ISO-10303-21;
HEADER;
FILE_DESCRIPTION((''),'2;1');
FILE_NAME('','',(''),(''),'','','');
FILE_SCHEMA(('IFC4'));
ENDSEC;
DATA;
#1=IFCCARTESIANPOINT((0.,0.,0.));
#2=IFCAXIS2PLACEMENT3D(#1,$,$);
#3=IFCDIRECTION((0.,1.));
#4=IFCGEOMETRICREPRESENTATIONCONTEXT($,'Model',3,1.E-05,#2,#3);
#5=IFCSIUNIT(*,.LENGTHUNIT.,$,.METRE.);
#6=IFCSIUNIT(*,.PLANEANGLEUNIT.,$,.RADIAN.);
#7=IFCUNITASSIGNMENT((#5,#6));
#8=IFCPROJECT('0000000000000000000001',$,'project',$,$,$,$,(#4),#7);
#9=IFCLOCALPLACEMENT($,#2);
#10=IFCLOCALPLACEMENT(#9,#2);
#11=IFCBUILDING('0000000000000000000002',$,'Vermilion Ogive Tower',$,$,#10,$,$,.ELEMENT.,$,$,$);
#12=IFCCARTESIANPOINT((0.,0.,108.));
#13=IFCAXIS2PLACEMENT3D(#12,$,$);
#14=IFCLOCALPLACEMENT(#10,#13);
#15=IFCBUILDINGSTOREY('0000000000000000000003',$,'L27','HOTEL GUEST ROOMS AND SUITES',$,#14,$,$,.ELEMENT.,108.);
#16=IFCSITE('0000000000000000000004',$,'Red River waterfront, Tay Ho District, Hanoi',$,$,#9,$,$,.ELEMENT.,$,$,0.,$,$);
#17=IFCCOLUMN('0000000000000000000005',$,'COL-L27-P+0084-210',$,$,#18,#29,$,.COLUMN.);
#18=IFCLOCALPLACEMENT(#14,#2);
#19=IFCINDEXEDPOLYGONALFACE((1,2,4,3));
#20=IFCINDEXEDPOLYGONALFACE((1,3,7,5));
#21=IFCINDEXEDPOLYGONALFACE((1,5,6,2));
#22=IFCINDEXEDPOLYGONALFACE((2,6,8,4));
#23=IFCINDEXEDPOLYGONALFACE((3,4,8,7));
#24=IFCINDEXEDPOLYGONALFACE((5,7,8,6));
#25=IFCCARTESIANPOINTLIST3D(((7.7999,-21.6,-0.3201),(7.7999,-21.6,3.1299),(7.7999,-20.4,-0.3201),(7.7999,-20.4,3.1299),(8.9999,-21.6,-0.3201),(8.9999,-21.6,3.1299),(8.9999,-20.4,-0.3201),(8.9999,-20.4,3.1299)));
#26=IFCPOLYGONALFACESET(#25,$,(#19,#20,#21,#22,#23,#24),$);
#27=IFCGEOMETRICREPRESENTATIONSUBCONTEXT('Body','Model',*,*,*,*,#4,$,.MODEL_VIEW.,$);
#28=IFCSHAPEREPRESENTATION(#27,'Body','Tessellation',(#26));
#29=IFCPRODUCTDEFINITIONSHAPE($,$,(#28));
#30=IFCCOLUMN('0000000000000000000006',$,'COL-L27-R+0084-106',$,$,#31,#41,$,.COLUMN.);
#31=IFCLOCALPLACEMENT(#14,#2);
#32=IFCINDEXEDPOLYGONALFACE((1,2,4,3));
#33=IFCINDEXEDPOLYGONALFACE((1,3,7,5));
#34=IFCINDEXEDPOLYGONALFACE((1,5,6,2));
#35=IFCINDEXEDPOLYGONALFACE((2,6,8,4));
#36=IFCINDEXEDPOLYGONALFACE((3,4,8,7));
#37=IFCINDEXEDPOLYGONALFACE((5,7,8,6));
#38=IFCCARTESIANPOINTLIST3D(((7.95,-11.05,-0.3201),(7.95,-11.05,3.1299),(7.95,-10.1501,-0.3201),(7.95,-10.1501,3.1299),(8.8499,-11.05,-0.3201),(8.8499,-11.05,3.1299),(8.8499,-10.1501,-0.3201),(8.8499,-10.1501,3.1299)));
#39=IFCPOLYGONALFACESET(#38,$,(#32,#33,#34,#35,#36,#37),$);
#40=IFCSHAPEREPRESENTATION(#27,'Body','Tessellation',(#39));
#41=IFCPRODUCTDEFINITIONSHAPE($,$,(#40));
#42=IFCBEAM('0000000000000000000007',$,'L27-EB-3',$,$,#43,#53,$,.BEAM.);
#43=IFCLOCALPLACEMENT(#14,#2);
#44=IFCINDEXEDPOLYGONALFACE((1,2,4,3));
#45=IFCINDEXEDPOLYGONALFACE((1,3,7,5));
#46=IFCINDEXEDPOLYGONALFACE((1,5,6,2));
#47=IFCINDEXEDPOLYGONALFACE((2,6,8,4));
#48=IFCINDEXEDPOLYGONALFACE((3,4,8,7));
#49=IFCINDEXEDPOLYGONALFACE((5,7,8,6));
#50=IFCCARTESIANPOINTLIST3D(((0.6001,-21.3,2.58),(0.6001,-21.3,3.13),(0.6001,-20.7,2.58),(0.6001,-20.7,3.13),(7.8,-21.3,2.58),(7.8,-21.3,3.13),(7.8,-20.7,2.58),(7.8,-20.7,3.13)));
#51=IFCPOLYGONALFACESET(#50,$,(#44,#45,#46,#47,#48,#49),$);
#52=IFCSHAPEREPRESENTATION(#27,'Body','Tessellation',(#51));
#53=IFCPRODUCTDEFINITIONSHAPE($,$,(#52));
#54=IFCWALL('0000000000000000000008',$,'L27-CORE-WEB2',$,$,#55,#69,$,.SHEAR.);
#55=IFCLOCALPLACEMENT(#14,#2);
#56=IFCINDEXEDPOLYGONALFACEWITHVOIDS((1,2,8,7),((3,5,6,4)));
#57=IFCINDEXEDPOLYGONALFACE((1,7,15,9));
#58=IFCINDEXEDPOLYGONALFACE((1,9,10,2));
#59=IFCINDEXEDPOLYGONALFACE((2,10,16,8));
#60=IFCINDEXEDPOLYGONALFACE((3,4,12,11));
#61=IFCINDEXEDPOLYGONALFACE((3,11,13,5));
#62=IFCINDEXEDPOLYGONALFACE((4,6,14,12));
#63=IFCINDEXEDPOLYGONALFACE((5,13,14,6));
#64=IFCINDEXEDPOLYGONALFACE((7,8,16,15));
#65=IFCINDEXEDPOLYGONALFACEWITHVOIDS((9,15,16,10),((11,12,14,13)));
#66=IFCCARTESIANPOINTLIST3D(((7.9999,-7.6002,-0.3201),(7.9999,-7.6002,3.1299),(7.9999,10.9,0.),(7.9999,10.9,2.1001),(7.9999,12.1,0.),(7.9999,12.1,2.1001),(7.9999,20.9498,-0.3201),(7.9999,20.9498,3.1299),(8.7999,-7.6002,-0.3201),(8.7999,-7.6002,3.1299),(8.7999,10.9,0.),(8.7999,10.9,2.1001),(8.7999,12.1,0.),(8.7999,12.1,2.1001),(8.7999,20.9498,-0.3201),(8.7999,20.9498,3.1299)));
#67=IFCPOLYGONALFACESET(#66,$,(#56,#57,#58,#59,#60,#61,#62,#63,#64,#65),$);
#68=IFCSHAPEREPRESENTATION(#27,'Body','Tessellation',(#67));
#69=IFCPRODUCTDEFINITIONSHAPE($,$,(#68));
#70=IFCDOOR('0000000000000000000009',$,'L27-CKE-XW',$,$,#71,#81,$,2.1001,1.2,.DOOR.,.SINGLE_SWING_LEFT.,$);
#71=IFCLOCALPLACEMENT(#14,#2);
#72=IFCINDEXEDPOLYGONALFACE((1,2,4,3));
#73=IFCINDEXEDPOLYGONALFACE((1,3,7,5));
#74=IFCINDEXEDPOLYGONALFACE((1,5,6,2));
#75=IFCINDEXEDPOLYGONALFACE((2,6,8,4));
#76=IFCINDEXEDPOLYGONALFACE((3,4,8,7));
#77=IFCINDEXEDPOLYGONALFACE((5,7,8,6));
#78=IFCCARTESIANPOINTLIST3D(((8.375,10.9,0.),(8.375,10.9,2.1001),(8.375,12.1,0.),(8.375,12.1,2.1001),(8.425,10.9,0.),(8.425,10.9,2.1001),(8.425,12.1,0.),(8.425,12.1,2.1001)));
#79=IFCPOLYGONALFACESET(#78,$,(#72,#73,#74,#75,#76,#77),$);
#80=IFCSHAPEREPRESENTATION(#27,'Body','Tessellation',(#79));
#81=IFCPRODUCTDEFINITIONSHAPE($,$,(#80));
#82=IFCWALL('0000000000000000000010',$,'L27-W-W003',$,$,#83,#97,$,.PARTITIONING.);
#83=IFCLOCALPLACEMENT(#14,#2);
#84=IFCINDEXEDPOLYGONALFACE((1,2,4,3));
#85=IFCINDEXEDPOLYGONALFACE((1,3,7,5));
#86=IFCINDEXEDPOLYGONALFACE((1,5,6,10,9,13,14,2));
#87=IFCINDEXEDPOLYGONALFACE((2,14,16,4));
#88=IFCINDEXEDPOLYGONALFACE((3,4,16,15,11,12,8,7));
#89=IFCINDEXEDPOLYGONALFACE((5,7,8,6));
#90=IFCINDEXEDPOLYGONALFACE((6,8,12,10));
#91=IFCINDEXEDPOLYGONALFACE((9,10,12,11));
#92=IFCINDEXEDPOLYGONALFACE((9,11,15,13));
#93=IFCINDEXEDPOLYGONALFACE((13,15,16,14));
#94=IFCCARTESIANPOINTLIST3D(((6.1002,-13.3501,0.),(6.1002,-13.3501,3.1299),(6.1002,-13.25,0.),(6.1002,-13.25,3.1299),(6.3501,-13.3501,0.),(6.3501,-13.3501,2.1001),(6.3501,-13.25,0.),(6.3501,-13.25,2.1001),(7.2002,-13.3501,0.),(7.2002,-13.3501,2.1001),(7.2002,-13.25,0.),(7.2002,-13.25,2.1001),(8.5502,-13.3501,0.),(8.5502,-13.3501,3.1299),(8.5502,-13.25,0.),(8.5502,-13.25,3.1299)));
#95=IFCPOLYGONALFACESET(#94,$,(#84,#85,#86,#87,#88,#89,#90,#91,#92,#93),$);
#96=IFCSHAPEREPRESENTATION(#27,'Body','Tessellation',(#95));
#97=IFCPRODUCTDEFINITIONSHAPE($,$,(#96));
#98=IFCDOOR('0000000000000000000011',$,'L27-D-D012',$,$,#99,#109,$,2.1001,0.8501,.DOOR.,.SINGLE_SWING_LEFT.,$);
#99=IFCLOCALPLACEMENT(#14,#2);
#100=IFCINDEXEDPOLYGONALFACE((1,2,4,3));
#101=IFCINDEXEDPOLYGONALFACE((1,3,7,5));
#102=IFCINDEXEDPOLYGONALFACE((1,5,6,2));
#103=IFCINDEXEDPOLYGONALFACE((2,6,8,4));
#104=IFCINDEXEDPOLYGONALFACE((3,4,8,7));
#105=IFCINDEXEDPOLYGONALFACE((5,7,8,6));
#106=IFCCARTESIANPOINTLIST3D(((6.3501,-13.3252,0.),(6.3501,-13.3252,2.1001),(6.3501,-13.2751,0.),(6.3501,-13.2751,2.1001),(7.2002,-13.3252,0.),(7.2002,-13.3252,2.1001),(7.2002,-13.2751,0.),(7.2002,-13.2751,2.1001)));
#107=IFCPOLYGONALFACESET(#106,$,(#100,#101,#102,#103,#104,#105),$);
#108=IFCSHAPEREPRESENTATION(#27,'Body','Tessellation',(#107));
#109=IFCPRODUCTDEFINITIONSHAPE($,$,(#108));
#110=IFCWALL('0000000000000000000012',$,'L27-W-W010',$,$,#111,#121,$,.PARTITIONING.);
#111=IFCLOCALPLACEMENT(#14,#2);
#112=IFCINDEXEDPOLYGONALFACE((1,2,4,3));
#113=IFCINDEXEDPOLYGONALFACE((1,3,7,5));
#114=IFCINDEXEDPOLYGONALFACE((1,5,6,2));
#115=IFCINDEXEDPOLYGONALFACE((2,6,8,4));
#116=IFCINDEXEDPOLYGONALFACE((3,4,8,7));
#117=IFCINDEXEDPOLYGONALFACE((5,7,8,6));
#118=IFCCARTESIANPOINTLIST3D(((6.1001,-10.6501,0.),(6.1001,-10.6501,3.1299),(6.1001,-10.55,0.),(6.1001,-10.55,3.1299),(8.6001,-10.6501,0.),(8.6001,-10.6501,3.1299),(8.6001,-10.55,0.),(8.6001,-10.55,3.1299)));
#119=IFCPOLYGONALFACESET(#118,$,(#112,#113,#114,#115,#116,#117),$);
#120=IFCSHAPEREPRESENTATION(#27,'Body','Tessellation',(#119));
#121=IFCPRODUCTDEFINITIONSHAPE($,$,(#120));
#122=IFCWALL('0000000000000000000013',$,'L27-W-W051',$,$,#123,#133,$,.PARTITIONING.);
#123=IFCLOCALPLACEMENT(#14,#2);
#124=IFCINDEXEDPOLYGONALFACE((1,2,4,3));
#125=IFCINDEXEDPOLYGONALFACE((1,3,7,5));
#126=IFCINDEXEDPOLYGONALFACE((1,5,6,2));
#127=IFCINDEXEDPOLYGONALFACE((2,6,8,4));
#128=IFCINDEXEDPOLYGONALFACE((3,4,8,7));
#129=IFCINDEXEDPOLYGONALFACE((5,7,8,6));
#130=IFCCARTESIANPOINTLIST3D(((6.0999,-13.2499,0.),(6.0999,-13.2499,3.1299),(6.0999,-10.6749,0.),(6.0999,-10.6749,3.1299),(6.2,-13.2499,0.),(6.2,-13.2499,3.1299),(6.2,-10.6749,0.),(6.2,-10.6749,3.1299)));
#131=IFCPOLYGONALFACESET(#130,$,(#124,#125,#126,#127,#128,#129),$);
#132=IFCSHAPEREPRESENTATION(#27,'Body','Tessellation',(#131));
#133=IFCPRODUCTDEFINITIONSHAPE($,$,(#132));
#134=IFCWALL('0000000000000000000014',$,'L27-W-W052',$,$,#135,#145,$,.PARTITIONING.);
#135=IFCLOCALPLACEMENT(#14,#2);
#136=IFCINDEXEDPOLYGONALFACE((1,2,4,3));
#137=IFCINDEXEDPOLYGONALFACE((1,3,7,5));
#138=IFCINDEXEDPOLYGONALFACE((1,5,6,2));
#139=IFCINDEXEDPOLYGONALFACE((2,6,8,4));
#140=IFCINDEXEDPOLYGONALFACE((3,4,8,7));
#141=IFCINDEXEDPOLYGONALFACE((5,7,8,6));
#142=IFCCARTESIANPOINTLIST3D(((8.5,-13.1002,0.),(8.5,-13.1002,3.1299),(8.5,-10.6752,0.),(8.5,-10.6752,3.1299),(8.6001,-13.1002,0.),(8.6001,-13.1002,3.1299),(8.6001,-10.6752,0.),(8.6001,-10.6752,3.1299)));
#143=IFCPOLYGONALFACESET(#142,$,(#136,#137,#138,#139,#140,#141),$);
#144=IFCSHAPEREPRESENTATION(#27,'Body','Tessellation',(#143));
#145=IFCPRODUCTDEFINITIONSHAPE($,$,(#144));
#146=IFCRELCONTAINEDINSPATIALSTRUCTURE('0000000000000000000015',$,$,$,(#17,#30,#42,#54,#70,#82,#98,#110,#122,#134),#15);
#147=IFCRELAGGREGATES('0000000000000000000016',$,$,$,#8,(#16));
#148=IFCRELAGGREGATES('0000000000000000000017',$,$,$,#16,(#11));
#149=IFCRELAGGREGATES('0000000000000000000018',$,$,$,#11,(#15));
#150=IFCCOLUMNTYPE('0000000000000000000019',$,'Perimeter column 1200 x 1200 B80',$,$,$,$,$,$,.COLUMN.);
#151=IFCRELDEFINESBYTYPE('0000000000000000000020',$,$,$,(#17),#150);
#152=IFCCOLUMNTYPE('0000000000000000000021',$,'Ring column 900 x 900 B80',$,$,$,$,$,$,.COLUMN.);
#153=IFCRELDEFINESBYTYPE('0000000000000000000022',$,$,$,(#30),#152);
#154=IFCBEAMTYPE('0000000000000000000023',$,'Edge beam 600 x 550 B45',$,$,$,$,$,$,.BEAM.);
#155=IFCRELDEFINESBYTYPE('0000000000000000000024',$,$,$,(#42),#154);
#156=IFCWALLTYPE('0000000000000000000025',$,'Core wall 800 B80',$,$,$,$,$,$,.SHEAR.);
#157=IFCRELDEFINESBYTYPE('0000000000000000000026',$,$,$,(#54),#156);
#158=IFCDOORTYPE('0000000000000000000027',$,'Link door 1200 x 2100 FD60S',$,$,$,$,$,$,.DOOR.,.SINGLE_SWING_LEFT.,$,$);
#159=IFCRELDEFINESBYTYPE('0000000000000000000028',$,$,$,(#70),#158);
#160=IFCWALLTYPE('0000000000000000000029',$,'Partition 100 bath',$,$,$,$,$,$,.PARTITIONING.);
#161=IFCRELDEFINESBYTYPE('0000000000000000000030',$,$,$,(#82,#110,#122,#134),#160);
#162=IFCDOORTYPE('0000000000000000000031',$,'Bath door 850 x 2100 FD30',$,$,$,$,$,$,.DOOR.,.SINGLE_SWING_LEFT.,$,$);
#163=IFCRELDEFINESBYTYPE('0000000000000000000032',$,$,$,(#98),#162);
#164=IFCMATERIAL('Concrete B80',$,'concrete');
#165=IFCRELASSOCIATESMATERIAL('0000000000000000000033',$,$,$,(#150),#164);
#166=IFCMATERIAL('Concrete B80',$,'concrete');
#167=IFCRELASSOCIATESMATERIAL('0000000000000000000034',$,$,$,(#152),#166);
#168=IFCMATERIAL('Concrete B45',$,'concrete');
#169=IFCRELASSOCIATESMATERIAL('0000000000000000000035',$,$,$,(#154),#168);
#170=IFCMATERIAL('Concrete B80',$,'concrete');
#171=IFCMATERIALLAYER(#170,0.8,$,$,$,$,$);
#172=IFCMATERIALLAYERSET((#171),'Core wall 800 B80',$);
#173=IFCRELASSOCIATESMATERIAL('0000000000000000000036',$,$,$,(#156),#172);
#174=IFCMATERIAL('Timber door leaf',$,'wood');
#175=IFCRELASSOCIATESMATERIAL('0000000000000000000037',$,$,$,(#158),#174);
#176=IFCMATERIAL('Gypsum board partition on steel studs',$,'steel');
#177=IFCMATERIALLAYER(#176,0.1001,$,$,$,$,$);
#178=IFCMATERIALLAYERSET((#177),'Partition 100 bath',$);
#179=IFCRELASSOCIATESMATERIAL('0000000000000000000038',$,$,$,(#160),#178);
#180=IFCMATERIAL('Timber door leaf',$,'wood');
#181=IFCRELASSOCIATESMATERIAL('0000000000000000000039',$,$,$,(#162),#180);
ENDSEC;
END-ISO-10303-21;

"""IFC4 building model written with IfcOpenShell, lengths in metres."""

from ifc_helpers import new_model, si_unit, direction, frame, frame_2d, origin, origin_2d, place, context, subcontext, project, spatial, rectangle, extrude, material, layer, layer_set, material_profile, profile_set, type_object, element, fill, save


model = new_model("IFC4")

# Units and contexts
model_context = context("Model", 3, precision=1e-05, world=origin(), true_north=direction((0.0, 1.0)))
body_context = subcontext(model_context, "Body", "Model", "MODEL_VIEW")
ifc_project = project(units=[si_unit("LENGTHUNIT", "METRE"), si_unit("PLANEANGLEUNIT", "RADIAN")], contexts=[model_context])

# Site, building, storey
site_placement = place(None, origin())
site = spatial("IfcSite", under=ifc_project, at=site_placement, Name="Red River waterfront, Tay Ho District, Hanoi", CompositionType="ELEMENT", RefElevation=0.0)
building_placement = place(site_placement, origin())
building = spatial("IfcBuilding", under=site, at=building_placement, Name="Vermilion Ogive Tower", CompositionType="ELEMENT")
storey_placement = place(building_placement, frame((0.0, 0.0, 108.0)))
storey = spatial("IfcBuildingStorey", under=building, at=storey_placement, Name="L27", Description="HOTEL GUEST ROOMS AND SUITES", CompositionType="ELEMENT", Elevation=108.0)

# Columns
ifc_material_1 = material(Name="Concrete B80", Category="concrete")
ifc_material_profile_1 = material_profile(ifc_material_1, rectangle(XDim=1.2, YDim=1.2, at=origin_2d()), Name="1200 x 1200")
ifc_profile_set_1 = profile_set([ifc_material_profile_1], Name="Concrete B80")
column_type_1 = type_object("IfcColumnType", Name="Perimeter column 1200 x 1200 B80", PredefinedType="COLUMN", material=ifc_profile_set_1)
column_1_placement = place(storey_placement, frame((8.3999, -21.0, -0.3201), z_axis=(0.0, 0.0, 1.0), x_axis=(1.0, 0.0, 0.0)))
element("IfcColumn", 1, at=column_1_placement, inside=storey, type_object=column_type_1, Name="COL-L27-P+0084-210", PredefinedType="COLUMN", context=body_context, shape_type="SweptSolid", body=[
    extrude(rectangle(XDim=1.2, YDim=1.2, at=origin_2d()), origin(), (0.0, 0.0, 1.0), 3.45),
])
ifc_material_2 = material(Name="Concrete B80", Category="concrete")
ifc_material_profile_2 = material_profile(ifc_material_2, rectangle(XDim=0.8999, YDim=0.8999, at=origin_2d()), Name="900 x 900")
ifc_profile_set_2 = profile_set([ifc_material_profile_2], Name="Concrete B80")
column_type_2 = type_object("IfcColumnType", Name="Ring column 900 x 900 B80", PredefinedType="COLUMN", material=ifc_profile_set_2)
column_2_placement = place(storey_placement, frame((8.3999, -10.6001, -0.3201), z_axis=(0.0, 0.0, 1.0), x_axis=(1.0, 0.0, 0.0)))
element("IfcColumn", 2, at=column_2_placement, inside=storey, type_object=column_type_2, Name="COL-L27-R+0084-106", PredefinedType="COLUMN", context=body_context, shape_type="SweptSolid", body=[
    extrude(rectangle(XDim=0.8999, YDim=0.8999, at=origin_2d()), origin(), (0.0, 0.0, 1.0), 3.45),
])

# Beam
ifc_material_3 = material(Name="Concrete B45", Category="concrete")
ifc_material_profile_3 = material_profile(ifc_material_3, rectangle(XDim=0.6001, YDim=0.55, at=origin_2d()), Name="600 x 550")
ifc_profile_set_3 = profile_set([ifc_material_profile_3], Name="Concrete B45")
beam_type = type_object("IfcBeamType", Name="Edge beam 600 x 550 B45", PredefinedType="BEAM", material=ifc_profile_set_3)
beam_placement = place(storey_placement, frame((0.6001, -21.0, 2.855), z_axis=(1.0, 0.0, 0.0), x_axis=(0.0, 1.0, 0.0)))
element("IfcBeam", 3, at=beam_placement, inside=storey, type_object=beam_type, Name="L27-EB-3", PredefinedType="BEAM", context=body_context, shape_type="SweptSolid", body=[
    extrude(rectangle(XDim=0.6001, YDim=0.55, at=origin_2d()), origin(), (0.0, 0.0, 1.0), 7.2),
])

# Walls, openings, doors
ifc_material_4 = material(Name="Concrete B80", Category="concrete")
ifc_layer_1 = layer(ifc_material_4, 0.8)
ifc_layer_set_1 = layer_set([ifc_layer_1], Name="Core wall 800 B80")
wall_type_1 = type_object("IfcWallType", Name="Core wall 800 B80", PredefinedType="SHEAR", material=ifc_layer_set_1)
wall_1_placement = place(storey_placement, frame((8.3999, -7.6001, -0.3201), z_axis=(0.0, 0.0, 1.0), x_axis=(0.0, 1.0, 0.0)))
wall_1 = element("IfcWall", 4, at=wall_1_placement, inside=storey, type_object=wall_type_1, Name="L27-CORE-WEB2", PredefinedType="SHEAR", context=body_context, shape_type="SweptSolid", body=[
    extrude(rectangle(XDim=28.55, YDim=0.8, at=frame_2d((14.2749, 0.0))), origin(), (0.0, 0.0, 1.0), 3.45),
])
opening_1_placement = place(wall_1_placement, frame((18.5, 0.0, 0.3201)))
opening_1 = element("IfcOpeningElement", 5, at=opening_1_placement, cuts=wall_1, PredefinedType="OPENING", context=body_context, shape_type="SweptSolid", body=[
    extrude(rectangle(XDim=1.2, YDim=2.1001, at=frame_2d((0.6001, 1.05))), frame((0.0, 0.4099, 0.0), z_axis=(0.0, -1.0, 0.0), x_axis=(1.0, 0.0, 0.0)), (0.0, 0.0, 1.0), 0.8201),
])
ifc_material_5 = material(Name="Timber door leaf", Category="wood")
door_type_1 = type_object("IfcDoorType", Name="Link door 1200 x 2100 FD60S", OperationType="SINGLE_SWING_LEFT", PredefinedType="DOOR", material=ifc_material_5)
door_1_placement = place(opening_1_placement, origin())
door_1 = element("IfcDoor", 6, at=door_1_placement, inside=storey, type_object=door_type_1, Name="L27-CKE-XW", OperationType="SINGLE_SWING_LEFT", OverallHeight=2.1001, OverallWidth=1.2, PredefinedType="DOOR", context=body_context, shape_type="SweptSolid", body=[
    extrude(rectangle(XDim=1.2, YDim=2.1001, at=frame_2d((0.6001, 1.05))), frame((0.0, 0.0249, 0.0), z_axis=(0.0, -1.0, 0.0), x_axis=(1.0, 0.0, 0.0)), (0.0, 0.0, 1.0), 0.05),
])
fill(opening_1, door_1)
ifc_material_6 = material(Name="Gypsum board partition on steel studs", Category="steel")
ifc_layer_2 = layer(ifc_material_6, 0.1001)
ifc_layer_set_2 = layer_set([ifc_layer_2], Name="Partition 100 bath")
wall_type_2 = type_object("IfcWallType", Name="Partition 100 bath", PredefinedType="PARTITIONING", material=ifc_layer_set_2)
wall_2_placement = place(storey_placement, frame((6.1001, -13.3, 0.0), z_axis=(0.0, 0.0, 1.0), x_axis=(1.0, 0.0, 0.0)))
wall_2 = element("IfcWall", 7, at=wall_2_placement, inside=storey, type_object=wall_type_2, Name="L27-W-W003", PredefinedType="PARTITIONING", context=body_context, shape_type="SweptSolid", body=[
    extrude(rectangle(XDim=2.45, YDim=0.1001, at=frame_2d((1.2251, 0.0))), origin(), (0.0, 0.0, 1.0), 3.1299),
])
opening_2_placement = place(wall_2_placement, frame((0.25, 0.0, 0.0)))
opening_2 = element("IfcOpeningElement", 8, at=opening_2_placement, cuts=wall_2, PredefinedType="OPENING", context=body_context, shape_type="SweptSolid", body=[
    extrude(rectangle(XDim=0.8501, YDim=2.1001, at=frame_2d((0.425, 1.05))), frame((0.0, 0.0601, 0.0), z_axis=(0.0, -1.0, 0.0), x_axis=(1.0, 0.0, 0.0)), (0.0, 0.0, 1.0), 0.1201),
])
ifc_material_7 = material(Name="Timber door leaf", Category="wood")
door_type_2 = type_object("IfcDoorType", Name="Bath door 850 x 2100 FD30", OperationType="SINGLE_SWING_LEFT", PredefinedType="DOOR", material=ifc_material_7)
door_2_placement = place(opening_2_placement, origin())
door_2 = element("IfcDoor", 9, at=door_2_placement, inside=storey, type_object=door_type_2, Name="L27-D-D012", OperationType="SINGLE_SWING_LEFT", OverallHeight=2.1001, OverallWidth=0.8501, PredefinedType="DOOR", context=body_context, shape_type="SweptSolid", body=[
    extrude(rectangle(XDim=0.8501, YDim=2.1001, at=frame_2d((0.425, 1.05))), frame((0.0, 0.0249, 0.0), z_axis=(0.0, -1.0, 0.0), x_axis=(1.0, 0.0, 0.0)), (0.0, 0.0, 1.0), 0.05),
])
fill(opening_2, door_2)

# Walls
wall_3_placement = place(storey_placement, frame((6.1001, -10.6001, 0.0), z_axis=(0.0, 0.0, 1.0), x_axis=(1.0, 0.0, 0.0)))
element("IfcWall", 10, at=wall_3_placement, inside=storey, type_object=wall_type_2, Name="L27-W-W010", PredefinedType="PARTITIONING", context=body_context, shape_type="SweptSolid", body=[
    extrude(rectangle(XDim=2.5, YDim=0.1001, at=frame_2d((1.25, 0.0))), origin(), (0.0, 0.0, 1.0), 3.1299),
])
wall_4_placement = place(storey_placement, frame((6.1499, -13.25, 0.0), z_axis=(0.0, 0.0, 1.0), x_axis=(0.0, 1.0, 0.0)))
element("IfcWall", 11, at=wall_4_placement, inside=storey, type_object=wall_type_2, Name="L27-W-W051", PredefinedType="PARTITIONING", context=body_context, shape_type="SweptSolid", body=[
    extrude(rectangle(XDim=2.575, YDim=0.1001, at=frame_2d((1.2876, 0.0))), origin(), (0.0, 0.0, 1.0), 3.1299),
])
wall_5_placement = place(storey_placement, frame((8.55, -13.1001, 0.0), z_axis=(0.0, 0.0, 1.0), x_axis=(0.0, 1.0, 0.0)))
element("IfcWall", 12, at=wall_5_placement, inside=storey, type_object=wall_type_2, Name="L27-W-W052", PredefinedType="PARTITIONING", context=body_context, shape_type="SweptSolid", body=[
    extrude(rectangle(XDim=2.425, YDim=0.1001, at=frame_2d((1.2124, 0.0))), origin(), (0.0, 0.0, 1.0), 3.1299),
])

save(model, "model.ifc")
